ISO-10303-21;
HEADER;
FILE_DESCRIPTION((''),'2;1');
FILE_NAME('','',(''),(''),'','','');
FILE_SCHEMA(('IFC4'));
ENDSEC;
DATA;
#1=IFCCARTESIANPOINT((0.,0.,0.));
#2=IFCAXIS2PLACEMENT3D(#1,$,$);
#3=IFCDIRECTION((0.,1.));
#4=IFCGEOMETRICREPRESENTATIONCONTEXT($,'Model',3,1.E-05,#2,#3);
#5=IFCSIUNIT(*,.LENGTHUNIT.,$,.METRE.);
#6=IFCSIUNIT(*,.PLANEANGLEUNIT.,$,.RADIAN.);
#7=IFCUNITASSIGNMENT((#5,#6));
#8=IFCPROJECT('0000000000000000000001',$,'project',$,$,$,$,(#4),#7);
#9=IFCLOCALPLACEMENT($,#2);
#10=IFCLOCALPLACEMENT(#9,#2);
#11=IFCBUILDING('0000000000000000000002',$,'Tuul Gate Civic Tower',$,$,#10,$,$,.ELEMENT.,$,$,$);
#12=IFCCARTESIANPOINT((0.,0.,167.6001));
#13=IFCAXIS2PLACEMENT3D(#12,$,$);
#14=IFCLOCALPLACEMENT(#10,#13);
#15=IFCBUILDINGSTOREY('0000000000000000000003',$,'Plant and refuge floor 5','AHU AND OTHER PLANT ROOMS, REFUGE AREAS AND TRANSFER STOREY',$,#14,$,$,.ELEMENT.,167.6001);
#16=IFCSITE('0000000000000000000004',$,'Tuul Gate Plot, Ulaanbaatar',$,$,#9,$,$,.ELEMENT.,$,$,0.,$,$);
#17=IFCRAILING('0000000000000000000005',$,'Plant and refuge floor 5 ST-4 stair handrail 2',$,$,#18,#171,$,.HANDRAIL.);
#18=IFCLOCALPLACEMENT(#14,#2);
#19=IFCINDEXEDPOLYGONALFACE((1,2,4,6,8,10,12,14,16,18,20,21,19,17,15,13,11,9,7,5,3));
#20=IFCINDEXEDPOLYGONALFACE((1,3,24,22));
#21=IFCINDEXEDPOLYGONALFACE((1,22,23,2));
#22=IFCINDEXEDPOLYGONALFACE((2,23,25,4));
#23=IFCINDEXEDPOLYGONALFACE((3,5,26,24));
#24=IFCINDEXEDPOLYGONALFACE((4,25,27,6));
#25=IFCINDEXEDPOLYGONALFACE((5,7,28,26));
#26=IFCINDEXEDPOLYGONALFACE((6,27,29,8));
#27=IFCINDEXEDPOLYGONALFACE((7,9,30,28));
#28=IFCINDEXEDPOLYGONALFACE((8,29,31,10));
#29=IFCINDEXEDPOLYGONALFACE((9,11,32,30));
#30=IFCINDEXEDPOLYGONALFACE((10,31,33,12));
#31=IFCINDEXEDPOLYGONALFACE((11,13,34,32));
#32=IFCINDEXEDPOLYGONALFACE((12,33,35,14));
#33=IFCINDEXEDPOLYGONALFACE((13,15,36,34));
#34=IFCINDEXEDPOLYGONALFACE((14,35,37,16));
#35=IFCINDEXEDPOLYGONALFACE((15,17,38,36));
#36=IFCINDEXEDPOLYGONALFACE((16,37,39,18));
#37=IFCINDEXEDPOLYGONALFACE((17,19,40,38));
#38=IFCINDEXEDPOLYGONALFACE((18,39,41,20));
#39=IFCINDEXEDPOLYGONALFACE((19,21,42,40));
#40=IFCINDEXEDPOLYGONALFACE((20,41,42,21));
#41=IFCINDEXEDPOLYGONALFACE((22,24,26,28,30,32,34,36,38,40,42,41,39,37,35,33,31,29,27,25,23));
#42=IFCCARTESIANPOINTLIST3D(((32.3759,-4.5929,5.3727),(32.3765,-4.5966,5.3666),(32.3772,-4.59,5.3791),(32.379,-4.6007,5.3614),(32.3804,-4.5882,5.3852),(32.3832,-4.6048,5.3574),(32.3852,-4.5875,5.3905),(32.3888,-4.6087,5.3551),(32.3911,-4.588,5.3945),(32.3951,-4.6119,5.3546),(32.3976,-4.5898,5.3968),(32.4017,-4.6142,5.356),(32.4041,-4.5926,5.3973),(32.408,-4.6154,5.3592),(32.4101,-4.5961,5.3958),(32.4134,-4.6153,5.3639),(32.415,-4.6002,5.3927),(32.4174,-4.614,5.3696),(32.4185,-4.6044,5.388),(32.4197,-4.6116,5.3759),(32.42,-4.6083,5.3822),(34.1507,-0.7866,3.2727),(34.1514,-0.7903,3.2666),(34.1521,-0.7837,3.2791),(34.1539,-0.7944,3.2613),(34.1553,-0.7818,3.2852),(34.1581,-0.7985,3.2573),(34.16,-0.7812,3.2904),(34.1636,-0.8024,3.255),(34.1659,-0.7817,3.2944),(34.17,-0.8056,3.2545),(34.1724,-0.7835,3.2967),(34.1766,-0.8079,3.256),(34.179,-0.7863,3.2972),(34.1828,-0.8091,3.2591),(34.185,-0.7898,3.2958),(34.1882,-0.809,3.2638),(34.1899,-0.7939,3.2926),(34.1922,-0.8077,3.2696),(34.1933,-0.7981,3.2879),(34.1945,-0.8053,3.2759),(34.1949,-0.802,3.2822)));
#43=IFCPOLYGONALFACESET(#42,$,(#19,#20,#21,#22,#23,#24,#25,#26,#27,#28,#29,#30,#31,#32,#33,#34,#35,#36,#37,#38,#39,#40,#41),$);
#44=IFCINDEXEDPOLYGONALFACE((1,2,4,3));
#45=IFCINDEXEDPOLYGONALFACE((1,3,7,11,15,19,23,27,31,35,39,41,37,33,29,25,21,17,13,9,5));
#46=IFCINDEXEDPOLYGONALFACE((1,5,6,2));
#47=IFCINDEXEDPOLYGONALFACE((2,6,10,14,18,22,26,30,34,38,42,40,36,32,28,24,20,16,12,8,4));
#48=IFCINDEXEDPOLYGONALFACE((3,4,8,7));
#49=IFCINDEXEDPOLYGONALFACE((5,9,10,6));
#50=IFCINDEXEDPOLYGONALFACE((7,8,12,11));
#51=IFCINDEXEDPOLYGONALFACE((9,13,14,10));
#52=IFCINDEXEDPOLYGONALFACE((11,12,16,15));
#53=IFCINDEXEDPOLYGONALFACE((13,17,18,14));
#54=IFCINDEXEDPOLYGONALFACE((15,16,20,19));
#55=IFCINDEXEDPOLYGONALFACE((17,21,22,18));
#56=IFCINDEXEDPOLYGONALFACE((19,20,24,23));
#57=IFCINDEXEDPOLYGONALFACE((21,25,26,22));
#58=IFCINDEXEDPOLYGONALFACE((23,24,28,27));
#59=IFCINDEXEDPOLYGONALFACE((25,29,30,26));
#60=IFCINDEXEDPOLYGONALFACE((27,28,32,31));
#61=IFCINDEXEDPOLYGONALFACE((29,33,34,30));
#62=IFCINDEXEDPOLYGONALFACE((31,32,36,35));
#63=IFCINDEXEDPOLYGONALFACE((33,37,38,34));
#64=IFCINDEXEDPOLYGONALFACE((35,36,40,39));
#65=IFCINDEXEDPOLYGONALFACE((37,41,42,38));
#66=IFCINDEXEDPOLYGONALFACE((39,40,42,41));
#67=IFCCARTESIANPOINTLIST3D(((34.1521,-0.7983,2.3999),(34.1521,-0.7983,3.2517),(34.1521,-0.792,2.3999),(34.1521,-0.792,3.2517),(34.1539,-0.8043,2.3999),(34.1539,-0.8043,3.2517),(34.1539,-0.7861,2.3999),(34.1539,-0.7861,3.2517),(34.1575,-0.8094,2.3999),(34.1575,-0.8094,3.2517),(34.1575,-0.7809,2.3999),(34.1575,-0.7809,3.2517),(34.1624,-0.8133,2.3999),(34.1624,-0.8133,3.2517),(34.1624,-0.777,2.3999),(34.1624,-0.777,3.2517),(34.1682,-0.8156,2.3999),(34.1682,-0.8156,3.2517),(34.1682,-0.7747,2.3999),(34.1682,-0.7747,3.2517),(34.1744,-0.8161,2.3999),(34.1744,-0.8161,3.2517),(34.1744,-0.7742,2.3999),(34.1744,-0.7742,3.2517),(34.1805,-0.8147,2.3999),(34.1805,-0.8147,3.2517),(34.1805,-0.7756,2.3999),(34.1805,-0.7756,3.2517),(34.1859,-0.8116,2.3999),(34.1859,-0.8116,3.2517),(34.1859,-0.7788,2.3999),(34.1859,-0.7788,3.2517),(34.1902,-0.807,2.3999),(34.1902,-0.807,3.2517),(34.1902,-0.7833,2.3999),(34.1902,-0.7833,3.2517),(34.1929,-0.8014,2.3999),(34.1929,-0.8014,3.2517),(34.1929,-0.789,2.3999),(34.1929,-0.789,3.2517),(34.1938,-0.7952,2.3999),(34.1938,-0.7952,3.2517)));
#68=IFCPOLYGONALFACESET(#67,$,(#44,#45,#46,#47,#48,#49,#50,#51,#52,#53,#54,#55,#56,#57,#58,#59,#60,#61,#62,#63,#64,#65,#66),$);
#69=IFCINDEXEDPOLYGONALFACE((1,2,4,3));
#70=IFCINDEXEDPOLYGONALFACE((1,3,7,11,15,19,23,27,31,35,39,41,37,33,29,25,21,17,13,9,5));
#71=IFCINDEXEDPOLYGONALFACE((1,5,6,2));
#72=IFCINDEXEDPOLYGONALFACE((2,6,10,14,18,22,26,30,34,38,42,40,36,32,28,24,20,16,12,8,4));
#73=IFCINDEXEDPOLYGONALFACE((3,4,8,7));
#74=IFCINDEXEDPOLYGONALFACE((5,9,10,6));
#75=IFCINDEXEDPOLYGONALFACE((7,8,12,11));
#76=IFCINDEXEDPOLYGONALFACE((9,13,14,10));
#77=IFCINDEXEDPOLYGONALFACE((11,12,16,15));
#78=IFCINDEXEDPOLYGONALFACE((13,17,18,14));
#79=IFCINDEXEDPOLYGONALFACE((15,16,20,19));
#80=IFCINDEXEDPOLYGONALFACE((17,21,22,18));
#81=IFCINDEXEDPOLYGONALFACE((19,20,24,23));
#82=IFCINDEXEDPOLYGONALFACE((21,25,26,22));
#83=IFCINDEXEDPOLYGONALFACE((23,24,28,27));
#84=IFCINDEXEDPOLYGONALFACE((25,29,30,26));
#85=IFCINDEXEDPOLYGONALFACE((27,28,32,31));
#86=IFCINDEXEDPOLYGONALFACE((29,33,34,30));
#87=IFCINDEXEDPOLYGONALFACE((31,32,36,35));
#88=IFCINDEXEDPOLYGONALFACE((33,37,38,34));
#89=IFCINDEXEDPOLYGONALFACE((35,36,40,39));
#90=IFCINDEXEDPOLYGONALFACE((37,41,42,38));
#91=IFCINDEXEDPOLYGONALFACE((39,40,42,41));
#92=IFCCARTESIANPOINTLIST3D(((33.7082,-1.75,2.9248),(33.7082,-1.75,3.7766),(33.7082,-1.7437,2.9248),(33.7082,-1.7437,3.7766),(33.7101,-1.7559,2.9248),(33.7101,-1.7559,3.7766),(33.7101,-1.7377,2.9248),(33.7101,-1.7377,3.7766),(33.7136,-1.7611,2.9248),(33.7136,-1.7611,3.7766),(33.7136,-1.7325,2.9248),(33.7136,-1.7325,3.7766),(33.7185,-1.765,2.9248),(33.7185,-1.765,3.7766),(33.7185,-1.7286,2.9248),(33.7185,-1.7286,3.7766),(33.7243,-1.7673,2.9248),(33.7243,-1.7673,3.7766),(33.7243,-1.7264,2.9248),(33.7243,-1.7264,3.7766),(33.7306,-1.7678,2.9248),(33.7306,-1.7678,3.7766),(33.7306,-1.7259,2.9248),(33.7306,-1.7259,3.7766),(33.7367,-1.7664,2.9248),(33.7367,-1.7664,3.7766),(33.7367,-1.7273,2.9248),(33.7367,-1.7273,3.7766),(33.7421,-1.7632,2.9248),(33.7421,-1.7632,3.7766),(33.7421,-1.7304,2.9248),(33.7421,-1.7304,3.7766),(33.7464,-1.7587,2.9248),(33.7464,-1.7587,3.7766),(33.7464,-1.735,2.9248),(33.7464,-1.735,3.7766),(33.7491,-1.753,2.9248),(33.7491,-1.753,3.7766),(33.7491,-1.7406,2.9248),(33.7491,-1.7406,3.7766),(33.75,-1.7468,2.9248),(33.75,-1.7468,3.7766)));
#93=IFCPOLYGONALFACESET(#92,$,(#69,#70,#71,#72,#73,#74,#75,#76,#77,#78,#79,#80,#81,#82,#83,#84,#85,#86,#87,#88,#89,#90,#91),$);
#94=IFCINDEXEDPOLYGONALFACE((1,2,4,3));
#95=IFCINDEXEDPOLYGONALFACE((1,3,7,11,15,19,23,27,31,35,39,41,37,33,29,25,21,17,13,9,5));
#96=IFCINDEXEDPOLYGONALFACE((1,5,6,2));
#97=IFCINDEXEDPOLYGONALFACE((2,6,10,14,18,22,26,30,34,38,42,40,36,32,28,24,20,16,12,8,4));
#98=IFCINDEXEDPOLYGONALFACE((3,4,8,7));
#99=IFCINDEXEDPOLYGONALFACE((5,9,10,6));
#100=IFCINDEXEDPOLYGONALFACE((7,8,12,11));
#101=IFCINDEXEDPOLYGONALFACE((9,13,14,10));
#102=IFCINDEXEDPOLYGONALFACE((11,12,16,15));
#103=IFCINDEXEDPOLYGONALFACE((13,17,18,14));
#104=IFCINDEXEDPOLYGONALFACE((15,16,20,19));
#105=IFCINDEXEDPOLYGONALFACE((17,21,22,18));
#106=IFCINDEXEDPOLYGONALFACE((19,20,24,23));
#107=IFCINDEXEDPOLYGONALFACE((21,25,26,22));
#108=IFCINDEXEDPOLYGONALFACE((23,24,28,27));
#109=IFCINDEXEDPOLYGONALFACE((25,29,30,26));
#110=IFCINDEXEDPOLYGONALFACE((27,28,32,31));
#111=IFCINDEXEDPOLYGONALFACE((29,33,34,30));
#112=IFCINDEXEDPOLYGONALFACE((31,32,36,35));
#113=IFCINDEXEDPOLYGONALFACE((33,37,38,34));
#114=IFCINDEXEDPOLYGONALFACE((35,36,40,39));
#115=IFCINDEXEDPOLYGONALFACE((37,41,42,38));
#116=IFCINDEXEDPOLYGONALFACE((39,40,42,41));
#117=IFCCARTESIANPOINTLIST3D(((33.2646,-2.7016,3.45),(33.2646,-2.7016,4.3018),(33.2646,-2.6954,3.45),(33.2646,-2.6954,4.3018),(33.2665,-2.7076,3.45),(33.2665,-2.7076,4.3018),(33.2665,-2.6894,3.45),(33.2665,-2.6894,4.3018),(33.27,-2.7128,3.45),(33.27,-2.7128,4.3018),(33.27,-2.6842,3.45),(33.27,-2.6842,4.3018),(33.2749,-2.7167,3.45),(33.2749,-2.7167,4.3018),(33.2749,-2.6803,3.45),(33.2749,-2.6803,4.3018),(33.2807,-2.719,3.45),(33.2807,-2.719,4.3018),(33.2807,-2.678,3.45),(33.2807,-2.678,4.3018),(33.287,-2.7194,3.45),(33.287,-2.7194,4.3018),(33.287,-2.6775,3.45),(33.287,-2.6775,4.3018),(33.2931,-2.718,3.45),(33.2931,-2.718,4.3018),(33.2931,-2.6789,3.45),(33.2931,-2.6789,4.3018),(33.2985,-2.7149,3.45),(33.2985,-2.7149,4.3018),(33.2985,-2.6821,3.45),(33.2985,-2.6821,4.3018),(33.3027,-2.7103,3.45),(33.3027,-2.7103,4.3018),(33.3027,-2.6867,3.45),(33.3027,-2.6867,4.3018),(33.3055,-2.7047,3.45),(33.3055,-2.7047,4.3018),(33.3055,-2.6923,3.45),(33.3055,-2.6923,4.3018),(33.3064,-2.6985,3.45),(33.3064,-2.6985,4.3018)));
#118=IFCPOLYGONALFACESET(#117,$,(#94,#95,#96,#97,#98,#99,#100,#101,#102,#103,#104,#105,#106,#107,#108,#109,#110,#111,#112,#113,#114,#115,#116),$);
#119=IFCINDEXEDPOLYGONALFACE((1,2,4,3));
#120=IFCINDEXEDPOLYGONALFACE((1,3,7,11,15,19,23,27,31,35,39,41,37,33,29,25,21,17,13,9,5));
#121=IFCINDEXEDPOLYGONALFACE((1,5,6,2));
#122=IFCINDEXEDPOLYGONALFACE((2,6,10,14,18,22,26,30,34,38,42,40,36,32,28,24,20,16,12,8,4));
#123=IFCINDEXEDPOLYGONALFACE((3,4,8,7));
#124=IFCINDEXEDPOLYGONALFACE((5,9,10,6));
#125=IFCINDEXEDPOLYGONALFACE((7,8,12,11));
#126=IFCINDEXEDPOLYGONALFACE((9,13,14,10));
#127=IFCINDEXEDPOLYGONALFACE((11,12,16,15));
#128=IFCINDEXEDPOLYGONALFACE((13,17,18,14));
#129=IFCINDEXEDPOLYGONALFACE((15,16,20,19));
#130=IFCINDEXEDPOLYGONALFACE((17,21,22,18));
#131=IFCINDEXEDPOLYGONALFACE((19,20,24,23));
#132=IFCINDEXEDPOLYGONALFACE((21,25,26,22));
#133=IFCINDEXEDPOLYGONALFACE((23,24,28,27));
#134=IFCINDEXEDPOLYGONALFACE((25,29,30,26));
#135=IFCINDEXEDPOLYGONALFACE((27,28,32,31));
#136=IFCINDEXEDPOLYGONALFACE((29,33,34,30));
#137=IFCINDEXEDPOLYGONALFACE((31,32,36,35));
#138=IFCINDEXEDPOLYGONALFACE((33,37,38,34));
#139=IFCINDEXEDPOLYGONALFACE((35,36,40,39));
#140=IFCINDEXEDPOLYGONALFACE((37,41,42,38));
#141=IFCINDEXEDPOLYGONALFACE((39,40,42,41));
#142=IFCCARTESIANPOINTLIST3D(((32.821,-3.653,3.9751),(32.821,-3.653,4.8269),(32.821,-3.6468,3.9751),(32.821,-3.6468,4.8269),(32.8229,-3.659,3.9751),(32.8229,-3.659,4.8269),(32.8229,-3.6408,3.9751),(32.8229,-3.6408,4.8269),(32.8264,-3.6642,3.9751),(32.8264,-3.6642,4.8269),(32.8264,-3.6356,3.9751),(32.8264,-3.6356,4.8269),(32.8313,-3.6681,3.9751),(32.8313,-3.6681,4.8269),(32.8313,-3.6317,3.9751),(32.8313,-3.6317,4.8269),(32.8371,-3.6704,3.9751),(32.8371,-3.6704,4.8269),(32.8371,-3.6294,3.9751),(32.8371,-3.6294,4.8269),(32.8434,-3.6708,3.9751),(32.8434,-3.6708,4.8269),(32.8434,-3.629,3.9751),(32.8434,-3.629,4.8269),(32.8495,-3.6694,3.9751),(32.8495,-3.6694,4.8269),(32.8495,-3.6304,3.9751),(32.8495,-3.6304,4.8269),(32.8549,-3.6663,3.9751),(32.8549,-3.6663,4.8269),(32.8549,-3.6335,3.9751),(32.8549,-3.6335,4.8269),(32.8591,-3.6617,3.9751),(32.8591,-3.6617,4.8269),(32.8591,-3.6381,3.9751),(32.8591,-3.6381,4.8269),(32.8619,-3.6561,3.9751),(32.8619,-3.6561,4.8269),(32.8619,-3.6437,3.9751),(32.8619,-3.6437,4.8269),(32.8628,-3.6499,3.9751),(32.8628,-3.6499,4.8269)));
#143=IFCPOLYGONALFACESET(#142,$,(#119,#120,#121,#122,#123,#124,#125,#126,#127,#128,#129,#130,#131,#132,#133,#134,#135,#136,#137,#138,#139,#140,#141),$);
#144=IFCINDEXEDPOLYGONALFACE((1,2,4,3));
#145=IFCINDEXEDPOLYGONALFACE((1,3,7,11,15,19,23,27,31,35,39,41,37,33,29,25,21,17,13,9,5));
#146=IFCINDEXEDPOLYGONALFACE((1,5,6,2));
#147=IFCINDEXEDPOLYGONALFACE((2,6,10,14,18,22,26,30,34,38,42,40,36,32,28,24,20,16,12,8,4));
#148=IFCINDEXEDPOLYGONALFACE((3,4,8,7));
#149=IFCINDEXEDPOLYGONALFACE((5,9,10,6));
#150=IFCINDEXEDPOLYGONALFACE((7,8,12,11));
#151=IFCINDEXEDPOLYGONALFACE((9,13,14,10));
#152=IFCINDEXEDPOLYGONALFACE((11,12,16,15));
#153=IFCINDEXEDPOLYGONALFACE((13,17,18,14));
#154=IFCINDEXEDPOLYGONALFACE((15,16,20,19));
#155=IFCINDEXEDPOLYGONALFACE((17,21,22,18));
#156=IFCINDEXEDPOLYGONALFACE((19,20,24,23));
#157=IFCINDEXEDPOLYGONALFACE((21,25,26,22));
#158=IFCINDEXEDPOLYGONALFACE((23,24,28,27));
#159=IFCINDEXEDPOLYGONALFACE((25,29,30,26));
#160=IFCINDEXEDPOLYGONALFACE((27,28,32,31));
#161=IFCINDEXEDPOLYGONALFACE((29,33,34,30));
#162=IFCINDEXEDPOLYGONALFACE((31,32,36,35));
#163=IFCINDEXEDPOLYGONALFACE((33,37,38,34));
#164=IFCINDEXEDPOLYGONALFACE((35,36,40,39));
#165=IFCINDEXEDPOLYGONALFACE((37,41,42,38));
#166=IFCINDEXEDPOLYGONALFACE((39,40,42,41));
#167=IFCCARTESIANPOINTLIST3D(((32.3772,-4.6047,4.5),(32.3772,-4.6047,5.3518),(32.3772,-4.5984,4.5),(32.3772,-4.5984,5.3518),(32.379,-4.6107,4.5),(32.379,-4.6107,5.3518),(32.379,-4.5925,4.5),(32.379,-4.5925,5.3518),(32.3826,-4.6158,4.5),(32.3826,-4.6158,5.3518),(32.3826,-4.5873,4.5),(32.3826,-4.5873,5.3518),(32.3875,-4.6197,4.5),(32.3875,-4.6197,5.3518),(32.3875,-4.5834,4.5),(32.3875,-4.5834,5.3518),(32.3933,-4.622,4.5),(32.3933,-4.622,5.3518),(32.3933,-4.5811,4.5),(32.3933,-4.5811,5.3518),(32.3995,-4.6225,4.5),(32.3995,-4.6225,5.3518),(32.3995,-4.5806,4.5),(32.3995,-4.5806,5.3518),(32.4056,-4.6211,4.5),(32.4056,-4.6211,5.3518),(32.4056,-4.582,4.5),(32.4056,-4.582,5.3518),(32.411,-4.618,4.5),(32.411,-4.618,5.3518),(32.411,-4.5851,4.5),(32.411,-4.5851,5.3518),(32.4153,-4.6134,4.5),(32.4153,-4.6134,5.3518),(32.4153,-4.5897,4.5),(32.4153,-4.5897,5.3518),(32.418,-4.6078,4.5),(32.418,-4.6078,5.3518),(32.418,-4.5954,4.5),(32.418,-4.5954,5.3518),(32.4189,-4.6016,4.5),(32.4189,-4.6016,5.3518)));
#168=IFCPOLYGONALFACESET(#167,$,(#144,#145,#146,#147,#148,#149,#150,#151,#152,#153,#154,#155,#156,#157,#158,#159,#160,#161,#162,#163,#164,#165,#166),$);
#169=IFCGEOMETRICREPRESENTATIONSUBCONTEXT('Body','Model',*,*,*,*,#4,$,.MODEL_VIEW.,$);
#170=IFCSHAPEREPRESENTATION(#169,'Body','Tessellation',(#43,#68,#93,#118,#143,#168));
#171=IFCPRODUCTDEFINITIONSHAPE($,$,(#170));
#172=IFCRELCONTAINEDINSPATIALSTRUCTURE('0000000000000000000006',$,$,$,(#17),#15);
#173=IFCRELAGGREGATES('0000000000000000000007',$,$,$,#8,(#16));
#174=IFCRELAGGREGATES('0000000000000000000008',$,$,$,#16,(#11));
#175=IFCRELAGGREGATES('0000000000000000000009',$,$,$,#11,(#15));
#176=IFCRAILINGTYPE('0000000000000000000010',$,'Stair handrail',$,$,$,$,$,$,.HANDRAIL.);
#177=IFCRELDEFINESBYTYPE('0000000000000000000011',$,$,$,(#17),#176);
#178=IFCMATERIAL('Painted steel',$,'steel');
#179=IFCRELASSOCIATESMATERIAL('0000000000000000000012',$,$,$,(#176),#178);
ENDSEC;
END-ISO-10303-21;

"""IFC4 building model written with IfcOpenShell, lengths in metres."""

from ifc_helpers import new_model, si_unit, direction, frame, origin, origin_2d, place, context, subcontext, project, spatial, circle, extrude, material, type_object, element, save


model = new_model("IFC4")

# Units and contexts
model_context = context("Model", 3, precision=1e-05, world=origin(), true_north=direction((0.0, 1.0)))
body_context = subcontext(model_context, "Body", "Model", "MODEL_VIEW")
ifc_project = project(units=[si_unit("LENGTHUNIT", "METRE"), si_unit("PLANEANGLEUNIT", "RADIAN")], contexts=[model_context])

# Site, building, storey
site_placement = place(None, origin())
site = spatial("IfcSite", under=ifc_project, at=site_placement, Name="Tuul Gate Plot, Ulaanbaatar", CompositionType="ELEMENT", RefElevation=0.0)
building_placement = place(site_placement, origin())
building = spatial("IfcBuilding", under=site, at=building_placement, Name="Tuul Gate Civic Tower", CompositionType="ELEMENT")
storey_placement = place(building_placement, frame((0.0, 0.0, 167.6001)))
storey = spatial("IfcBuildingStorey", under=building, at=storey_placement, Name="Plant and refuge floor 5", Description="AHU AND OTHER PLANT ROOMS, REFUGE AREAS AND TRANSFER STOREY", CompositionType="ELEMENT", Elevation=167.6001)

# Railing
ifc_material_1 = material(Name="Painted steel", Category="steel")
railing_type_1 = type_object("IfcRailingType", Name="Stair handrail", PredefinedType="HANDRAIL", material=ifc_material_1)
railing_1_placement = place(storey_placement, frame((34.1729, -0.7952, 2.3999)))
element("IfcRailing", 1, at=railing_1_placement, inside=storey, type_object=railing_type_1, Name="Plant and refuge floor 5 ST-4 stair handrail 2", PredefinedType="HANDRAIL", context=body_context, shape_type="SweptSolid", body=[
    extrude(circle(Radius=0.0239, at=origin_2d()), frame((0.0, 0.0, 0.876), z_axis=(-0.377987, -0.810618, 0.447241), x_axis=(0.906312, -0.422609, 0.0)), (0.0, 0.0, 1.0), 4.6956),
    extrude(circle(Radius=0.021, at=origin_2d()), origin(), (0.0, 0.0, 1.0), 0.8518),
    extrude(circle(Radius=0.021, at=origin_2d()), frame((-0.4438, -0.9517, 0.5249)), (0.0, 0.0, 1.0), 0.8518),
    extrude(circle(Radius=0.021, at=origin_2d()), frame((-0.8875, -1.9033, 1.05)), (0.0, 0.0, 1.0), 0.8518),
    extrude(circle(Radius=0.021, at=origin_2d()), frame((-1.3311, -2.8547, 1.5752)), (0.0, 0.0, 1.0), 0.8518),
    extrude(circle(Radius=0.021, at=origin_2d()), frame((-1.7749, -3.8064, 2.1001)), (0.0, 0.0, 1.0), 0.8518),
])

save(model, "model.ifc")
